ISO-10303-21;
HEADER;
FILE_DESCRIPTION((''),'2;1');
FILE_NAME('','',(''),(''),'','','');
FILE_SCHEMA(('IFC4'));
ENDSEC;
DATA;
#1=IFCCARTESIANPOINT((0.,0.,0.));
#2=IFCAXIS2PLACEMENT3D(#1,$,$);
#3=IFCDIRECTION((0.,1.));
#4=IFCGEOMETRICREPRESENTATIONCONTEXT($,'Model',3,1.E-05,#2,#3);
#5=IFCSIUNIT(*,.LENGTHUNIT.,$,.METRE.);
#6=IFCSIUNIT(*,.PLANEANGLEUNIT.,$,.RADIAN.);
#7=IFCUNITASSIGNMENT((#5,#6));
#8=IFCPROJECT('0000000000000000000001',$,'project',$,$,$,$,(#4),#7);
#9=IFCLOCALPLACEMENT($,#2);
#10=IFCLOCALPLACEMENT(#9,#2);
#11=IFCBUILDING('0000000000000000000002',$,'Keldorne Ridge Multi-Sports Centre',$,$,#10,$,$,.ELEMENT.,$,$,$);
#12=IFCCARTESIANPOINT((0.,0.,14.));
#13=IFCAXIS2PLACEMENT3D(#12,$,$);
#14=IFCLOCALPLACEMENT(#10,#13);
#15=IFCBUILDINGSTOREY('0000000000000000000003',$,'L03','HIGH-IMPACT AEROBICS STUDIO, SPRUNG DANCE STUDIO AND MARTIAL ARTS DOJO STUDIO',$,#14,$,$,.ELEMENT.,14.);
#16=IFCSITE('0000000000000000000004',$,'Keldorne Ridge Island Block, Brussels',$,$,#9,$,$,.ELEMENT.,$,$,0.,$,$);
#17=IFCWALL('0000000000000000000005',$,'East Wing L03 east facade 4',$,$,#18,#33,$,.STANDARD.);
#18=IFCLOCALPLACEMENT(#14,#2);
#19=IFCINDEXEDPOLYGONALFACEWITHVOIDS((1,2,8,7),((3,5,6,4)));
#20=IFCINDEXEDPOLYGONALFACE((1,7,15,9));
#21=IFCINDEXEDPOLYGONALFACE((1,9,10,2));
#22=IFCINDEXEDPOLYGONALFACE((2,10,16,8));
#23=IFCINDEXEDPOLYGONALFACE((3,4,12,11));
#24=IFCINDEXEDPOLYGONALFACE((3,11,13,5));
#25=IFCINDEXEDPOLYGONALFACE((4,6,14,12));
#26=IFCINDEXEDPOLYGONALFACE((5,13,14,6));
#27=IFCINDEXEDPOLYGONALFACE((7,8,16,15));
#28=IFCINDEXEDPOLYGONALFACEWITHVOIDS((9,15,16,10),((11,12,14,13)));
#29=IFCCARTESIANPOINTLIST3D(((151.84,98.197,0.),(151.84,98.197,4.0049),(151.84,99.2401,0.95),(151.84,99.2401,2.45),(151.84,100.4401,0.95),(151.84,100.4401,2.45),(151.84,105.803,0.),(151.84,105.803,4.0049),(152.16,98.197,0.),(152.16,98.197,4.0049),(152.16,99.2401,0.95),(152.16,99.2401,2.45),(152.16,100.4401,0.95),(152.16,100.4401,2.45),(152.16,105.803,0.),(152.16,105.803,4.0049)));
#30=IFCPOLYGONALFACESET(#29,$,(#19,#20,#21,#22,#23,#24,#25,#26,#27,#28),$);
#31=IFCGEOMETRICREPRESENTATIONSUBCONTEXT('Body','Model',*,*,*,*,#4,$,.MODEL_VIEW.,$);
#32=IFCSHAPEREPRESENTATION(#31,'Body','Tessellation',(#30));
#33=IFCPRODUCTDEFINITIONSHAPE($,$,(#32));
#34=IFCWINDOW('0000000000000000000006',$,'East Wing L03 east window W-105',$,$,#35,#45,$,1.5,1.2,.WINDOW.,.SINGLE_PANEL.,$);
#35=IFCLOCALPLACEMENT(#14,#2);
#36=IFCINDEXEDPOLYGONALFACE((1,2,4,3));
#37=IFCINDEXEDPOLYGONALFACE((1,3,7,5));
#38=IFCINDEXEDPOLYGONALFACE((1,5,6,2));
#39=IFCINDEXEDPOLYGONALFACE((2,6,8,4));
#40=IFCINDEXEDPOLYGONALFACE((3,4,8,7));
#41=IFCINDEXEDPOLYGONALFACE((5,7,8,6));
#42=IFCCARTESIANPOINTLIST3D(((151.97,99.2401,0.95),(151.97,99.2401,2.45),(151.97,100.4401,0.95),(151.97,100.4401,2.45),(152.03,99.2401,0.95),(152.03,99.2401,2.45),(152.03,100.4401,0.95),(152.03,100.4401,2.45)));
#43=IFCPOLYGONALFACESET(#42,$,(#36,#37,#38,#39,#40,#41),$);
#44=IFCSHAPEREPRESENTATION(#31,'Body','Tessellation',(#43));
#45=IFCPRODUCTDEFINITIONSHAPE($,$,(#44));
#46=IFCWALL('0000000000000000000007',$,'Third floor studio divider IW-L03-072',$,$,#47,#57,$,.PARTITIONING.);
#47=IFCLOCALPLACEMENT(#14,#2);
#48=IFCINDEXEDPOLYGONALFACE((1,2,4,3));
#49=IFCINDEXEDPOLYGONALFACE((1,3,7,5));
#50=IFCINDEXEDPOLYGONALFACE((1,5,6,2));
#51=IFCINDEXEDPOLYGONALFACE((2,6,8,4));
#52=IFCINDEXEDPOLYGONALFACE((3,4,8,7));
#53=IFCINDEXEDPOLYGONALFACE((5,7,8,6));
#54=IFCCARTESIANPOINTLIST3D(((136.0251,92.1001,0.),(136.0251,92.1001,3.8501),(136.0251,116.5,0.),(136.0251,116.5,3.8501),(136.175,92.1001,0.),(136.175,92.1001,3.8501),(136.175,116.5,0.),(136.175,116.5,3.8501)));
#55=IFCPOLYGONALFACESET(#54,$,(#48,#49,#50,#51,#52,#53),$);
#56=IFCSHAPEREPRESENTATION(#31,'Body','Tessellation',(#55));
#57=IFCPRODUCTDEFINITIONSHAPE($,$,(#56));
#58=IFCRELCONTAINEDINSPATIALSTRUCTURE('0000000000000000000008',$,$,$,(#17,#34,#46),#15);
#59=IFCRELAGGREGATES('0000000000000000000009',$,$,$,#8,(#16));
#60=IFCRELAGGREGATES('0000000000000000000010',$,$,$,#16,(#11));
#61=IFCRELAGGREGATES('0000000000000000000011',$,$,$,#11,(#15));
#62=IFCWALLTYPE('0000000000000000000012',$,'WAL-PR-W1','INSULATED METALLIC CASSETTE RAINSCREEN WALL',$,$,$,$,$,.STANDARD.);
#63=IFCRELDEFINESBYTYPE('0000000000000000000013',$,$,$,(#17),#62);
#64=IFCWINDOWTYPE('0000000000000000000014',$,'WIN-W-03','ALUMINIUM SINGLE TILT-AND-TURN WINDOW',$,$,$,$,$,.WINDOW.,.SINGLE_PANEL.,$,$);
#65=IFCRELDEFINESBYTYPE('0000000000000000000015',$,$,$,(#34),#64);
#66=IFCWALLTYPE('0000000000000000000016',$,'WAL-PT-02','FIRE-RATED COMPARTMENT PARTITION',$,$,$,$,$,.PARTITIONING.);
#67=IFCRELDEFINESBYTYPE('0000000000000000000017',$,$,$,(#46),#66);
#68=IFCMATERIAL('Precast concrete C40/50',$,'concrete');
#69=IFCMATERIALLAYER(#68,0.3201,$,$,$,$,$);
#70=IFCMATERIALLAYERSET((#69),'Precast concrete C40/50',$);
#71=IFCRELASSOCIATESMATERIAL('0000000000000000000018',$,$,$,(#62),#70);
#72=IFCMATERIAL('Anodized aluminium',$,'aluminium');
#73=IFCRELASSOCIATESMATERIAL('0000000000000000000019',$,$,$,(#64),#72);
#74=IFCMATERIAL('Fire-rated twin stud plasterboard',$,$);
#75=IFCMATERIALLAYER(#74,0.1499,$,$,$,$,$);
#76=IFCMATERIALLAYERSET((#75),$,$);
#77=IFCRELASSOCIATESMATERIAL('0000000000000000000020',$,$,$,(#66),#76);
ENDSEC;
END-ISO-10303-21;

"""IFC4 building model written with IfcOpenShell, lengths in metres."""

from ifc_helpers import new_model, si_unit, direction, frame, frame_2d, origin, place, context, subcontext, project, spatial, rectangle, extrude, material, layer, layer_set, type_object, element, fill, save


model = new_model("IFC4")

# Units and contexts
model_context = context("Model", 3, precision=1e-05, world=origin(), true_north=direction((0.0, 1.0)))
body_context = subcontext(model_context, "Body", "Model", "MODEL_VIEW")
ifc_project = project(units=[si_unit("LENGTHUNIT", "METRE"), si_unit("PLANEANGLEUNIT", "RADIAN")], contexts=[model_context])

# Site, building, storey
site_placement = place(None, origin())
site = spatial("IfcSite", under=ifc_project, at=site_placement, Name="Keldorne Ridge Island Block, Brussels", CompositionType="ELEMENT", RefElevation=0.0)
building_placement = place(site_placement, origin())
building = spatial("IfcBuilding", under=site, at=building_placement, Name="Keldorne Ridge Multi-Sports Centre", CompositionType="ELEMENT")
storey_placement = place(building_placement, frame((0.0, 0.0, 14.0)))
storey = spatial("IfcBuildingStorey", under=building, at=storey_placement, Name="L03", Description="HIGH-IMPACT AEROBICS STUDIO, SPRUNG DANCE STUDIO AND MARTIAL ARTS DOJO STUDIO", CompositionType="ELEMENT", Elevation=14.0)

# Wall, opening, window
ifc_material_1 = material(Name="Precast concrete C40/50", Category="concrete")
ifc_layer_1 = layer(ifc_material_1, 0.3201)
ifc_layer_set_1 = layer_set([ifc_layer_1], Name="Precast concrete C40/50")
wall_type_1 = type_object("IfcWallType", Name="WAL-PR-W1", Description="INSULATED METALLIC CASSETTE RAINSCREEN WALL", PredefinedType="STANDARD", material=ifc_layer_set_1)
ifc_material_2 = material(Name="Anodized aluminium", Category="aluminium")
window_type = type_object("IfcWindowType", Name="WIN-W-03", Description="ALUMINIUM SINGLE TILT-AND-TURN WINDOW", PartitioningType="SINGLE_PANEL", PredefinedType="WINDOW", material=ifc_material_2)
wall_1_placement = place(storey_placement, frame((152.0, 98.197, 0.0), z_axis=(0.0, 0.0, 1.0), x_axis=(0.0, 1.0, 0.0)))
wall_1 = element("IfcWall", 1, at=wall_1_placement, inside=storey, type_object=wall_type_1, Name="East Wing L03 east facade 4", PredefinedType="STANDARD", context=body_context, shape_type="SweptSolid", body=[
    extrude(rectangle(XDim=7.606, YDim=0.3201, at=frame_2d((3.803, 0.0))), origin(), (0.0, 0.0, 1.0), 4.0049),
])
opening_1_placement = place(wall_1_placement, frame((1.043, 0.0, 0.95)))
opening_1 = element("IfcOpeningElement", 2, at=opening_1_placement, cuts=wall_1, PredefinedType="OPENING", context=body_context, shape_type="SweptSolid", body=[
    extrude(rectangle(XDim=1.2, YDim=1.5, at=frame_2d((0.6001, 0.75))), frame((0.0, 0.1699, 0.0), z_axis=(0.0, -1.0, 0.0), x_axis=(1.0, 0.0, 0.0)), (0.0, 0.0, 1.0), 0.3401),
])
window_1_placement = place(opening_1_placement, origin())
window_1 = element("IfcWindow", 3, at=window_1_placement, inside=storey, type_object=window_type, Name="East Wing L03 east window W-105", OverallHeight=1.5, OverallWidth=1.2, PartitioningType="SINGLE_PANEL", PredefinedType="WINDOW", context=body_context, shape_type="SweptSolid", body=[
    extrude(rectangle(XDim=1.2, YDim=1.5, at=frame_2d((0.6001, 0.75))), frame((0.0, 0.03, 0.0), z_axis=(0.0, -1.0, 0.0), x_axis=(1.0, 0.0, 0.0)), (0.0, 0.0, 1.0), 0.0601),
])
fill(opening_1, window_1)

# Wall
ifc_material_3 = material(Name="Fire-rated twin stud plasterboard")
ifc_layer_2 = layer(ifc_material_3, 0.1499)
ifc_layer_set_2 = layer_set([ifc_layer_2])
wall_type_2 = type_object("IfcWallType", Name="WAL-PT-02", Description="FIRE-RATED COMPARTMENT PARTITION", PredefinedType="PARTITIONING", material=ifc_layer_set_2)
wall_2_placement = place(storey_placement, frame((136.1001, 92.1001, 0.0), z_axis=(0.0, 0.0, 1.0), x_axis=(0.0, 1.0, 0.0)))
element("IfcWall", 4, at=wall_2_placement, inside=storey, type_object=wall_type_2, Name="Third floor studio divider IW-L03-072", PredefinedType="PARTITIONING", context=body_context, shape_type="SweptSolid", body=[
    extrude(rectangle(XDim=24.3999, YDim=0.1499, at=frame_2d((12.2, 0.0))), origin(), (0.0, 0.0, 1.0), 3.8501),
])

save(model, "model.ifc")
